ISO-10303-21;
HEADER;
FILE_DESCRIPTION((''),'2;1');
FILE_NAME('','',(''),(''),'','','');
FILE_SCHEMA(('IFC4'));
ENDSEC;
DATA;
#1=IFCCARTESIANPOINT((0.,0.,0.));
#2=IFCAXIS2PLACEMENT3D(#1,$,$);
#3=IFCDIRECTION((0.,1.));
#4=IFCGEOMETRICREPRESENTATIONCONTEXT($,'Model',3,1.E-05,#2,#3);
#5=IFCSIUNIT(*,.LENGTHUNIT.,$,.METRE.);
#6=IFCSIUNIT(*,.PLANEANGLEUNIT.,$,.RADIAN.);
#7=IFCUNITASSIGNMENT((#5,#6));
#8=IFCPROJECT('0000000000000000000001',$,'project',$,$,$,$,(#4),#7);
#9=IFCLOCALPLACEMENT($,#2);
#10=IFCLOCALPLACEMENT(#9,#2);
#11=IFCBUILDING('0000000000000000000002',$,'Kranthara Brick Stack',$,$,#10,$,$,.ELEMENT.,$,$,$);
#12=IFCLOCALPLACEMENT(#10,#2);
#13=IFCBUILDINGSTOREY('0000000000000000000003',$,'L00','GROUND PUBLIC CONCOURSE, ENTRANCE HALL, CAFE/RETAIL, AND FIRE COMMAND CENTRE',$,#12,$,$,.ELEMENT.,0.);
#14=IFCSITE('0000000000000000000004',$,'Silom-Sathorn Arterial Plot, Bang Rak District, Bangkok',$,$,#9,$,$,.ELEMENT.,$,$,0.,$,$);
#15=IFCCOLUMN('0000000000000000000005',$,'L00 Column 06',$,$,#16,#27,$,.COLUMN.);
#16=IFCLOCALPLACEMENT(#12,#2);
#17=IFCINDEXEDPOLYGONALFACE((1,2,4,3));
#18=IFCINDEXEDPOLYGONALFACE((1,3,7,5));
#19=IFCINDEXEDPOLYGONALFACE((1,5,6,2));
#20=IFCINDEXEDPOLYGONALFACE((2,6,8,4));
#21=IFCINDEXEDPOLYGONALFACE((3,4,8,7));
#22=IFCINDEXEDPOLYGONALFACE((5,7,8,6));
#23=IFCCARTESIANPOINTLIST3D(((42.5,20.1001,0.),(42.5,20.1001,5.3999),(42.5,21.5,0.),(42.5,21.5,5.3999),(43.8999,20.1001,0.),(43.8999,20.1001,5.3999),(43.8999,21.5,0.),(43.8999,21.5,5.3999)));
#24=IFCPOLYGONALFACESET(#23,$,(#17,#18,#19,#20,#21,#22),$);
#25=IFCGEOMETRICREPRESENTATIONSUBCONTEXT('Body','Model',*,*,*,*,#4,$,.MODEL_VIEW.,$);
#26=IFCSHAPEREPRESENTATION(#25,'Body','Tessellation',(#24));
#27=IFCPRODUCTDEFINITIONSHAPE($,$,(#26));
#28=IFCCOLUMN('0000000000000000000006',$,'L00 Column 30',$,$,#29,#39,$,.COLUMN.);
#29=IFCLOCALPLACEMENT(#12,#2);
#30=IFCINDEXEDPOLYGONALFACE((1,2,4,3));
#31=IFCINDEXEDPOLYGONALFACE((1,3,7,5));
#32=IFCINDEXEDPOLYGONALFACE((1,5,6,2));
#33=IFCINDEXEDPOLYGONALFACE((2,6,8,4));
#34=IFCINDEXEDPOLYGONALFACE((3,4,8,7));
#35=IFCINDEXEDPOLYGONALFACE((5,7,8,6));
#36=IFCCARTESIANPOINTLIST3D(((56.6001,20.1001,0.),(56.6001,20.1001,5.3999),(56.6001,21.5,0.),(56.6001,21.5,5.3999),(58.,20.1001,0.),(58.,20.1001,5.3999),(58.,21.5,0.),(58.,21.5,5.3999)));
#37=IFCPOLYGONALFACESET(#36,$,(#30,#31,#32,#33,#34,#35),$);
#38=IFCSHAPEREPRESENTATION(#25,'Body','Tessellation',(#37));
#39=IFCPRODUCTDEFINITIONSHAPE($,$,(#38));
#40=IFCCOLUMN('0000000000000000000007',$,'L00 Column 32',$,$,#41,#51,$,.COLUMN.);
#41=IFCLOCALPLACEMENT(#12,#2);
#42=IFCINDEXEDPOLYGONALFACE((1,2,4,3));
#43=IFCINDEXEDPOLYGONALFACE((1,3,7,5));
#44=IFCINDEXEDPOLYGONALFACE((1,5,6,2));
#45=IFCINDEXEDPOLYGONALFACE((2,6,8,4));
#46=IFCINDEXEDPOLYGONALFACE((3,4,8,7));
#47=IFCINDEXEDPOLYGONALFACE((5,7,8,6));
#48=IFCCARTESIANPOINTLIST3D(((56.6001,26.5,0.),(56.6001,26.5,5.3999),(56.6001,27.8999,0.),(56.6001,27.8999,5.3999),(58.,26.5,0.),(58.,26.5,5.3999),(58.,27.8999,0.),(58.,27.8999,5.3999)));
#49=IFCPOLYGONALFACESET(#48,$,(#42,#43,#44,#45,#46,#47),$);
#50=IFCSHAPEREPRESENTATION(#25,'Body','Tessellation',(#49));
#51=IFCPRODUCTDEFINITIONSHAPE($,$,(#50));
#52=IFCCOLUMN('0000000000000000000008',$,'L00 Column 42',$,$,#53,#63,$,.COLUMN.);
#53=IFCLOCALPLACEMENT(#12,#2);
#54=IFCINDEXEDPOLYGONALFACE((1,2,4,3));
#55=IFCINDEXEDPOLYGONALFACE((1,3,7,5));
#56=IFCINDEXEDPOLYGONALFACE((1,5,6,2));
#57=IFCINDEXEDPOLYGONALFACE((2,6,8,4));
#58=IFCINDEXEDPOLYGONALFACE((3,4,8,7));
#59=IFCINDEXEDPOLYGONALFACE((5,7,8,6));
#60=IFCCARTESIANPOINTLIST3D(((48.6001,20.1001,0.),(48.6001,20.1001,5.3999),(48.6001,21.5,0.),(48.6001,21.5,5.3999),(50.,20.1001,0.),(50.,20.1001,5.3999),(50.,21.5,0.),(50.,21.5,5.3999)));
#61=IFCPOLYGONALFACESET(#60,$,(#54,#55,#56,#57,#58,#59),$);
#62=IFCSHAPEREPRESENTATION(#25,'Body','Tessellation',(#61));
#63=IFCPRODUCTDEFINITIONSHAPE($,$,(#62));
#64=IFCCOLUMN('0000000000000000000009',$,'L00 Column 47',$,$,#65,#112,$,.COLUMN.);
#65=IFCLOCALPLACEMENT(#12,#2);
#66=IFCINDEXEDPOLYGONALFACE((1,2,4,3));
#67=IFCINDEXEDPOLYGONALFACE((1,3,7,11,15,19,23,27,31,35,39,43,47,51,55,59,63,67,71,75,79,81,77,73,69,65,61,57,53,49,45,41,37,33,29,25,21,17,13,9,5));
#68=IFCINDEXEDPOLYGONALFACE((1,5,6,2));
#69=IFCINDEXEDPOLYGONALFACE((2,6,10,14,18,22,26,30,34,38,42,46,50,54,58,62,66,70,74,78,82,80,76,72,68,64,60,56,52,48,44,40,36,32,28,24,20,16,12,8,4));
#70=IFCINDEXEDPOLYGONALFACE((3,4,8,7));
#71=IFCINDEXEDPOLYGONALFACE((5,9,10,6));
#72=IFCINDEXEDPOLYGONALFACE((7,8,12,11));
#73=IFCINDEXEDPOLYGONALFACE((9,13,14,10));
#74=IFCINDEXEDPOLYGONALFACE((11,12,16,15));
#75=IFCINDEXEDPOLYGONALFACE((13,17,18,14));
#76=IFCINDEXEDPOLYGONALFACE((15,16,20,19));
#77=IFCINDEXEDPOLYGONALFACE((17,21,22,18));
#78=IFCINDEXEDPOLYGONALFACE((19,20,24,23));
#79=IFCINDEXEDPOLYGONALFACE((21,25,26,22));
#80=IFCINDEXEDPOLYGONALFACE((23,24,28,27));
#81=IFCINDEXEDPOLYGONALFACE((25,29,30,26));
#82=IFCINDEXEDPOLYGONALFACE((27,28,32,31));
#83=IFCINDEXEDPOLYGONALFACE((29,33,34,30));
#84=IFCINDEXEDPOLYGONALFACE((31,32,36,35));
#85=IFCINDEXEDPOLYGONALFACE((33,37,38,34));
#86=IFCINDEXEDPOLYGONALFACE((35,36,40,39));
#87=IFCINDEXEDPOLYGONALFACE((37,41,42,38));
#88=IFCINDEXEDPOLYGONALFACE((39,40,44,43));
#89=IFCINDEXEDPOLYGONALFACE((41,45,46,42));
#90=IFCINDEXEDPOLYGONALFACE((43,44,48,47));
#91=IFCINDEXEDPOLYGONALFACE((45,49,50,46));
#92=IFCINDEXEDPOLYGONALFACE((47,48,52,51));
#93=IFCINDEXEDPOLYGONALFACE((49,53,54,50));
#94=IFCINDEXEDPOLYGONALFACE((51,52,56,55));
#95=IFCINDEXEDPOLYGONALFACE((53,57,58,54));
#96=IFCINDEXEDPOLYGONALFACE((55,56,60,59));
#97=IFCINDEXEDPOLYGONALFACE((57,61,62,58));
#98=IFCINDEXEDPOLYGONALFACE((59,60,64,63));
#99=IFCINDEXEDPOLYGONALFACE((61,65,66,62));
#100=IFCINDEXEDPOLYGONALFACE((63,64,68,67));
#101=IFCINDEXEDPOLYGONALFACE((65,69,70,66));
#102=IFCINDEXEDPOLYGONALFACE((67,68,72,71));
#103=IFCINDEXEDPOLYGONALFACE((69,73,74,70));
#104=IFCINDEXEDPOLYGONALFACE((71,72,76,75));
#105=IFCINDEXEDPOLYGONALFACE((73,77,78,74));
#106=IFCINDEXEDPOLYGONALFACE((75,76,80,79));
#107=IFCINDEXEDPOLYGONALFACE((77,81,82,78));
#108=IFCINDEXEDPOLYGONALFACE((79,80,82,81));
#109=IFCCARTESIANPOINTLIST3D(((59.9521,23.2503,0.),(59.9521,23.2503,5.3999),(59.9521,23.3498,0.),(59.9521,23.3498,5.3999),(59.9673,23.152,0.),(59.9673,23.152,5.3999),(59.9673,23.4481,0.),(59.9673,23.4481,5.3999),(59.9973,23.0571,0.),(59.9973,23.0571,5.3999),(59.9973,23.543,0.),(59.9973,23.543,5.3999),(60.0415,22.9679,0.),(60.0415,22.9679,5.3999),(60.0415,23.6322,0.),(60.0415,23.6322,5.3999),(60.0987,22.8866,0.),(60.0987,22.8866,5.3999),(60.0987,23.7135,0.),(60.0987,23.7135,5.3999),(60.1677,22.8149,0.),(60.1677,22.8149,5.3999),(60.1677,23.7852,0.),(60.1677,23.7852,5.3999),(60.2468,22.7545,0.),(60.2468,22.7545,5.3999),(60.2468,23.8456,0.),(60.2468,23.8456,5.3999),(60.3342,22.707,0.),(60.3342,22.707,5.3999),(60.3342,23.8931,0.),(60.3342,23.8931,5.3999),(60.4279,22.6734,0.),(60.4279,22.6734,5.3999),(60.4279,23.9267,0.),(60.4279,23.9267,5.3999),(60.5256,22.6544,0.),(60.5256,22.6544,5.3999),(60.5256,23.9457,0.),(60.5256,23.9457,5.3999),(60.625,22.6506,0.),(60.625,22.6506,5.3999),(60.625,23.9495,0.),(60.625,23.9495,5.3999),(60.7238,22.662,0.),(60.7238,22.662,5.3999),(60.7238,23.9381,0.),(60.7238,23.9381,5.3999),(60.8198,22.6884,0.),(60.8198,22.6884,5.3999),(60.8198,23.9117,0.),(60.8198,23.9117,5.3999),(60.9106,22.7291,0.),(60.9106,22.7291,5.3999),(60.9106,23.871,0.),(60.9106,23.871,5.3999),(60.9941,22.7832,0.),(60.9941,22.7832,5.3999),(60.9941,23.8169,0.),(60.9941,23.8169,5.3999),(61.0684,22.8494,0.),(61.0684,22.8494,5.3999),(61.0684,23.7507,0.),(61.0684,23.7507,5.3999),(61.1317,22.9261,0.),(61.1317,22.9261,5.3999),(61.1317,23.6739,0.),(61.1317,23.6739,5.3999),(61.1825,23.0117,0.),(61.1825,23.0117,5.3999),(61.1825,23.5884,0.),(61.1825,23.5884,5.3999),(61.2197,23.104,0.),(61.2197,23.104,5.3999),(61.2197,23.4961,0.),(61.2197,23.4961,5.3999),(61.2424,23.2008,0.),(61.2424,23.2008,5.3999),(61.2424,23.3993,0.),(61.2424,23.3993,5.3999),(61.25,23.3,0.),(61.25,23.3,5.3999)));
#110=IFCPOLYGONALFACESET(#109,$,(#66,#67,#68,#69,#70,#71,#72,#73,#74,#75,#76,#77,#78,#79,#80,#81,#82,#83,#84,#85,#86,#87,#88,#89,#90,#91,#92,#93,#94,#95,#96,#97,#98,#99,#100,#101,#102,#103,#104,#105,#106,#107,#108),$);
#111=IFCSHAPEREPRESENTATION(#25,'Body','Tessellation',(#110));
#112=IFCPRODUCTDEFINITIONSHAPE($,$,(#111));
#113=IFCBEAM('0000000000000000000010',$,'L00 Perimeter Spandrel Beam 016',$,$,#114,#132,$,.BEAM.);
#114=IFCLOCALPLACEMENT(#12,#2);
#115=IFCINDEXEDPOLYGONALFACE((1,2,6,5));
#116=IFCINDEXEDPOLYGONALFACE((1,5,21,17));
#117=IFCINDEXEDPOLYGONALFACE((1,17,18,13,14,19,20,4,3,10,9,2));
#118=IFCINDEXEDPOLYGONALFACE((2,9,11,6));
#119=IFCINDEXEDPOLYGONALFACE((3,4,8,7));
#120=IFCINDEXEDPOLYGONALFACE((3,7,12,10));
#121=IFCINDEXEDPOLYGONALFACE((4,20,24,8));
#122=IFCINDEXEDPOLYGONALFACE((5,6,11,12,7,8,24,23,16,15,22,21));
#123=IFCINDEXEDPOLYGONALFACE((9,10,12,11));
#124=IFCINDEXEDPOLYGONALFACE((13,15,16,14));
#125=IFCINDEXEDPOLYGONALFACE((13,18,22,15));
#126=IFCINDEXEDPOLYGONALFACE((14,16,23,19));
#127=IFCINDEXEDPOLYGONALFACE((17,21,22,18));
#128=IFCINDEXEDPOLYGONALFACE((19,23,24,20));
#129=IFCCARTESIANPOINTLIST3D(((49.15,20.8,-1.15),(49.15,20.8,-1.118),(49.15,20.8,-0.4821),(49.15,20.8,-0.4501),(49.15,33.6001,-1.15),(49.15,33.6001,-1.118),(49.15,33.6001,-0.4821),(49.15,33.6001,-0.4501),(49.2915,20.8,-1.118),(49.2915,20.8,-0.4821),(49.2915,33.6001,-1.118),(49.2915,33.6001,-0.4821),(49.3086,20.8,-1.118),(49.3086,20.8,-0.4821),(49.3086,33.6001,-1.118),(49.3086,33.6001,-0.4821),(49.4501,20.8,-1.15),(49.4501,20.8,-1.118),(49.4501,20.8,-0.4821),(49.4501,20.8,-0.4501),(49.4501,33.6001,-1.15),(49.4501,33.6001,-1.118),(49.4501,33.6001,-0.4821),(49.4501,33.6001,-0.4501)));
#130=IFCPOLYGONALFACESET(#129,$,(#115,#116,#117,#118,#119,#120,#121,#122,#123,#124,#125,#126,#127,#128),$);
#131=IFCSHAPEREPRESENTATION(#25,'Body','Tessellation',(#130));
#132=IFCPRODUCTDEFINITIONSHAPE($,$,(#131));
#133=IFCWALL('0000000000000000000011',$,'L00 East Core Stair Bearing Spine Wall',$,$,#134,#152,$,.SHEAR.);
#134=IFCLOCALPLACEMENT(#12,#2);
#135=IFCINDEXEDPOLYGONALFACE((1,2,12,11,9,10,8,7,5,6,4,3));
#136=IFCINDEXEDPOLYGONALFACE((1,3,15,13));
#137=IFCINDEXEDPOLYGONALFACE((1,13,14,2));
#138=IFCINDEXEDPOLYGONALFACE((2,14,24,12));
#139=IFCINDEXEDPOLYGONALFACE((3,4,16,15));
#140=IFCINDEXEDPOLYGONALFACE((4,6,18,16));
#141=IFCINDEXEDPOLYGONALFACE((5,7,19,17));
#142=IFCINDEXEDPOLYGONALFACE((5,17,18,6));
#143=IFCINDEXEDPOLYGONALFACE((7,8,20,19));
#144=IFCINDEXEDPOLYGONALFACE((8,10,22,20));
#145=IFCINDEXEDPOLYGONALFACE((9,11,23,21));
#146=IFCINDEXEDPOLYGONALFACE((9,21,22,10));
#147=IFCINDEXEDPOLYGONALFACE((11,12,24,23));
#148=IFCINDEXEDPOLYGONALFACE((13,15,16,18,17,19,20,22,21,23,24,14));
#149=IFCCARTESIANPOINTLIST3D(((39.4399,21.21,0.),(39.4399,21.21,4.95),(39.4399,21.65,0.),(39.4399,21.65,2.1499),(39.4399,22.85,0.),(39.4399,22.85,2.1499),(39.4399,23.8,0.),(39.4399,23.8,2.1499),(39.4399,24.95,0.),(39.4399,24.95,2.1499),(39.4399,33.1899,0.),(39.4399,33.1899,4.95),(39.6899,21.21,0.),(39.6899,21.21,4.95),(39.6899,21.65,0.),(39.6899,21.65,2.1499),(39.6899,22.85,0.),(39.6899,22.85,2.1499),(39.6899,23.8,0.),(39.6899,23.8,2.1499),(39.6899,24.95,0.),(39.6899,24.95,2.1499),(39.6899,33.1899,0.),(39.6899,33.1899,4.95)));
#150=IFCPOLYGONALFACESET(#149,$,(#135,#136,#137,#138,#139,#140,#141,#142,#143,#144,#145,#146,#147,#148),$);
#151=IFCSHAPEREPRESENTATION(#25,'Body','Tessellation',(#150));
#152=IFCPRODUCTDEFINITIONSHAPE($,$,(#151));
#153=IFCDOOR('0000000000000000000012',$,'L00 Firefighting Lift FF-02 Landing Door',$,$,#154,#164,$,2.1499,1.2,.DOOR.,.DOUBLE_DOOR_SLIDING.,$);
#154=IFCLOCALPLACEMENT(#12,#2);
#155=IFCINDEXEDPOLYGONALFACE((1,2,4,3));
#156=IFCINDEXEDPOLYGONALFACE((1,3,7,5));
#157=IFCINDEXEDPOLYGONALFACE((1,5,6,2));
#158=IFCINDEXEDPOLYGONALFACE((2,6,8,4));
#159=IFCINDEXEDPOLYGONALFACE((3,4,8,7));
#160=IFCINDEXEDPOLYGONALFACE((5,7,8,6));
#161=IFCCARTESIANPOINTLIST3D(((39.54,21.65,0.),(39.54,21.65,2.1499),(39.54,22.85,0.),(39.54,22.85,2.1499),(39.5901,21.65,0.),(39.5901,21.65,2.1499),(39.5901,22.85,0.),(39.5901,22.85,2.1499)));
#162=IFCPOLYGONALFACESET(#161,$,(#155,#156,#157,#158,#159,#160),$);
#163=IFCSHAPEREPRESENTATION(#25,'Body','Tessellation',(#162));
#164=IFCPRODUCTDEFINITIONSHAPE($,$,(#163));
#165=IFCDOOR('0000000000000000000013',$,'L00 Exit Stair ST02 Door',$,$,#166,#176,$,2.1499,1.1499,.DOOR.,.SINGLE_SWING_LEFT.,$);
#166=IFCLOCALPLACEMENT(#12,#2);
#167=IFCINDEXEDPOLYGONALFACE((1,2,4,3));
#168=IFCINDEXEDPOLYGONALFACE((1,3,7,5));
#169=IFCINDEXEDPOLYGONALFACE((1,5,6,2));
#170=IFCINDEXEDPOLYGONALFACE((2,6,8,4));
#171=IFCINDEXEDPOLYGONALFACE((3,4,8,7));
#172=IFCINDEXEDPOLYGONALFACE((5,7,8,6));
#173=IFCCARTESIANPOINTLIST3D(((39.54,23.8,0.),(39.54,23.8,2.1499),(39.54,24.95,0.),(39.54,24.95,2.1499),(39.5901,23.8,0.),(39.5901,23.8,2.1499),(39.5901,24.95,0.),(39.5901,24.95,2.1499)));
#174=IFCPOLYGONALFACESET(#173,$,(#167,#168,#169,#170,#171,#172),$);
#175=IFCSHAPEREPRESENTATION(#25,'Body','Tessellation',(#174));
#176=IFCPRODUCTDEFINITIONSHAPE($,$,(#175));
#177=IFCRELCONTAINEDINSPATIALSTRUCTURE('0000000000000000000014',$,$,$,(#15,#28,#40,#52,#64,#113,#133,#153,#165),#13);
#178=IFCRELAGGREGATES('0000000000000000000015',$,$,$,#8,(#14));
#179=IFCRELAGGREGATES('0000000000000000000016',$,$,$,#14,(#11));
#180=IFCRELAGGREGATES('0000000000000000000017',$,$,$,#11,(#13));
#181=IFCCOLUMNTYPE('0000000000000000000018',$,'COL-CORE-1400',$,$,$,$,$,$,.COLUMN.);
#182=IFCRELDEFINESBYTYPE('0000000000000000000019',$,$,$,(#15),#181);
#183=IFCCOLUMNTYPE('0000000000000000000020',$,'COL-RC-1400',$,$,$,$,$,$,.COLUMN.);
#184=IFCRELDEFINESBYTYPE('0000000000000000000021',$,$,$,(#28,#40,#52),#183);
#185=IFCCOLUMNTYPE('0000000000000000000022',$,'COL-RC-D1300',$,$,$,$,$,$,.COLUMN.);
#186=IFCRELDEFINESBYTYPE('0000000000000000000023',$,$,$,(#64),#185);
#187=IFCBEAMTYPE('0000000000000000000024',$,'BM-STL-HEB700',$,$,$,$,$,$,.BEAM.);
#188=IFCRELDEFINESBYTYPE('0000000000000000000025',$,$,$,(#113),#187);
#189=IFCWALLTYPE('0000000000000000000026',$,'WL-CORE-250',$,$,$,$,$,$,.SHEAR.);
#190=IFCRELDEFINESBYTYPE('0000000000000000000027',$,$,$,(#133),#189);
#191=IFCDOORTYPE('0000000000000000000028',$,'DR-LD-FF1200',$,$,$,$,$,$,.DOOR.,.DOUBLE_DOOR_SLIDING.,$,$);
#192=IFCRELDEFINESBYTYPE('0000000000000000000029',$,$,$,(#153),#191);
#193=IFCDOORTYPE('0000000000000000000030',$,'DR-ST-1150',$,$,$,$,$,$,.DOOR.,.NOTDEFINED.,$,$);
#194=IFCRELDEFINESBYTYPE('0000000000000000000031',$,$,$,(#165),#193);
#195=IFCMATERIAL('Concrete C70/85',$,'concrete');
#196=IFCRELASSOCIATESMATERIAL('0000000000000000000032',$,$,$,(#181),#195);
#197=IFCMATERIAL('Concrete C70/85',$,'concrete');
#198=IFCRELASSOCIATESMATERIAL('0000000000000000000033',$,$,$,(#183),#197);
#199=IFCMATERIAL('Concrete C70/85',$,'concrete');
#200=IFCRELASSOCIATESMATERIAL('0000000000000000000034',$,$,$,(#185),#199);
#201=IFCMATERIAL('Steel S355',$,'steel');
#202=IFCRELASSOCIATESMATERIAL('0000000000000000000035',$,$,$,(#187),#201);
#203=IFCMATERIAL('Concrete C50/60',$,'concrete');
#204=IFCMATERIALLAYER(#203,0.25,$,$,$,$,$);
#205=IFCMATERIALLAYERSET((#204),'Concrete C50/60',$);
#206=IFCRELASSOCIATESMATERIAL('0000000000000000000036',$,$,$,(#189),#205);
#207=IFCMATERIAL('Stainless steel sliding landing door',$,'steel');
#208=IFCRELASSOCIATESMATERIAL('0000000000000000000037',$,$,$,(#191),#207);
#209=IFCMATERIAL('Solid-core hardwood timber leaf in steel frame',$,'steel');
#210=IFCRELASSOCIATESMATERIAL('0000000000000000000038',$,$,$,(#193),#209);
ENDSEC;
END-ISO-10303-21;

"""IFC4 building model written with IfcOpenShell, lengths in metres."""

from ifc_helpers import new_model, si_unit, direction, frame, frame_2d, origin, origin_2d, place, context, subcontext, project, spatial, rectangle, circle, i_section, extrude, material, layer, layer_set, material_profile, profile_set, type_object, element, fill, save


model = new_model("IFC4")

# Units and contexts
model_context = context("Model", 3, precision=1e-05, world=origin(), true_north=direction((0.0, 1.0)))
body_context = subcontext(model_context, "Body", "Model", "MODEL_VIEW")
ifc_project = project(units=[si_unit("LENGTHUNIT", "METRE"), si_unit("PLANEANGLEUNIT", "RADIAN")], contexts=[model_context])

# Site, building, storey
site_placement = place(None, origin())
site = spatial("IfcSite", under=ifc_project, at=site_placement, Name="Silom-Sathorn Arterial Plot, Bang Rak District, Bangkok", CompositionType="ELEMENT", RefElevation=0.0)
building_placement = place(site_placement, origin())
building = spatial("IfcBuilding", under=site, at=building_placement, Name="Kranthara Brick Stack", CompositionType="ELEMENT")
storey_placement = place(building_placement, origin())
storey = spatial("IfcBuildingStorey", under=building, at=storey_placement, Name="L00", Description="GROUND PUBLIC CONCOURSE, ENTRANCE HALL, CAFE/RETAIL, AND FIRE COMMAND CENTRE", CompositionType="ELEMENT", Elevation=0.0)

# Columns
ifc_material_1 = material(Name="Concrete C70/85", Category="concrete")
ifc_material_profile_1 = material_profile(ifc_material_1, rectangle(XDim=1.3999, YDim=1.3999, at=origin_2d()), Name="RC 1400x1400")
ifc_profile_set_1 = profile_set([ifc_material_profile_1], Name="Concrete C70/85")
column_type_1 = type_object("IfcColumnType", Name="COL-CORE-1400", PredefinedType="COLUMN", material=ifc_profile_set_1)
column_1_placement = place(storey_placement, frame((43.2, 20.8, 0.0), z_axis=(0.0, 0.0, 1.0), x_axis=(1.0, 0.0, 0.0)))
element("IfcColumn", 1, at=column_1_placement, inside=storey, type_object=column_type_1, Name="L00 Column 06", PredefinedType="COLUMN", context=body_context, shape_type="SweptSolid", body=[
    extrude(rectangle(XDim=1.3999, YDim=1.3999, at=origin_2d()), origin(), (0.0, 0.0, 1.0), 5.3999),
])
ifc_material_2 = material(Name="Concrete C70/85", Category="concrete")
ifc_material_profile_2 = material_profile(ifc_material_2, rectangle(XDim=1.3999, YDim=1.3999, at=origin_2d()), Name="RC 1400x1400")
ifc_profile_set_2 = profile_set([ifc_material_profile_2], Name="Concrete C70/85")
column_type_2 = type_object("IfcColumnType", Name="COL-RC-1400", PredefinedType="COLUMN", material=ifc_profile_set_2)
for number, where, z_axis, x_axis, name in (
    (2, (57.3, 20.8, 0.0), (0.0, 0.0, 1.0), (1.0, 0.0, 0.0), "L00 Column 30"),
    (3, (57.3, 27.2, 0.0), (0.0, 0.0, 1.0), (1.0, 0.0, 0.0), "L00 Column 32"),
    (4, (49.3, 20.8, 0.0), (0.0, 0.0, 1.0), (1.0, 0.0, 0.0), "L00 Column 42"),
):
    element("IfcColumn", number, at=place(storey_placement, frame(where, z_axis=z_axis, x_axis=x_axis)), inside=storey, type_object=column_type_2, Name=name, PredefinedType="COLUMN", context=body_context, shape_type="SweptSolid", body=[
        extrude(rectangle(XDim=1.3999, YDim=1.3999, at=origin_2d()), origin(), (0.0, 0.0, 1.0), 5.3999),
    ])
ifc_material_3 = material(Name="Concrete C70/85", Category="concrete")
ifc_material_profile_3 = material_profile(ifc_material_3, circle(Radius=0.6499, at=origin_2d()), Name="RC D1300")
ifc_profile_set_3 = profile_set([ifc_material_profile_3], Name="Concrete C70/85")
column_type_3 = type_object("IfcColumnType", Name="COL-RC-D1300", PredefinedType="COLUMN", material=ifc_profile_set_3)
column_2_placement = place(storey_placement, frame((60.6001, 23.3, 0.0), z_axis=(0.0, 0.0, 1.0), x_axis=(1.0, 0.0, 0.0)))
element("IfcColumn", 5, at=column_2_placement, inside=storey, type_object=column_type_3, Name="L00 Column 47", PredefinedType="COLUMN", context=body_context, shape_type="SweptSolid", body=[
    extrude(circle(Radius=0.6499, at=origin_2d()), origin(), (0.0, 0.0, 1.0), 5.3999),
])

# Beam
ifc_material_4 = material(Name="Steel S355", Category="steel")
ifc_material_profile_4 = material_profile(ifc_material_4, i_section(OverallWidth=0.3, OverallDepth=0.7, WebThickness=0.0171, FlangeThickness=0.032, at=origin_2d()), Name="HEB 700")
ifc_profile_set_4 = profile_set([ifc_material_profile_4], Name="Steel S355")
beam_type = type_object("IfcBeamType", Name="BM-STL-HEB700", PredefinedType="BEAM", material=ifc_profile_set_4)
beam_placement = place(storey_placement, frame((49.3, 20.8, -0.8), z_axis=(0.0, 1.0, 0.0), x_axis=(-1.0, 0.0, 0.0)))
element("IfcBeam", 6, at=beam_placement, inside=storey, type_object=beam_type, Name="L00 Perimeter Spandrel Beam 016", PredefinedType="BEAM", context=body_context, shape_type="SweptSolid", body=[
    extrude(i_section(OverallWidth=0.3, OverallDepth=0.7, WebThickness=0.0171, FlangeThickness=0.032, at=origin_2d()), origin(), (0.0, 0.0, 1.0), 12.8),
])

# Wall, openings, doors
ifc_material_5 = material(Name="Concrete C50/60", Category="concrete")
ifc_layer_1 = layer(ifc_material_5, 0.25)
ifc_layer_set_1 = layer_set([ifc_layer_1], Name="Concrete C50/60")
wall_type_1 = type_object("IfcWallType", Name="WL-CORE-250", PredefinedType="SHEAR", material=ifc_layer_set_1)
wall_1_placement = place(storey_placement, frame((39.5649, 21.21, 0.0), z_axis=(0.0, 0.0, 1.0), x_axis=(0.0, 1.0, 0.0)))
wall_1 = element("IfcWall", 7, at=wall_1_placement, inside=storey, type_object=wall_type_1, Name="L00 East Core Stair Bearing Spine Wall", PredefinedType="SHEAR", context=body_context, shape_type="SweptSolid", body=[
    extrude(rectangle(XDim=11.98, YDim=0.25, at=frame_2d((5.99, 0.0))), origin(), (0.0, 0.0, 1.0), 4.95),
])
opening_1_placement = place(wall_1_placement, frame((0.4399, 0.0, 0.0)))
opening_1 = element("IfcOpeningElement", 8, at=opening_1_placement, cuts=wall_1, PredefinedType="OPENING", context=body_context, shape_type="SweptSolid", body=[
    extrude(rectangle(XDim=1.2, YDim=2.1499, at=frame_2d((0.6001, 1.075))), frame((0.0, 0.135, 0.0), z_axis=(0.0, -1.0, 0.0), x_axis=(1.0, 0.0, 0.0)), (0.0, 0.0, 1.0), 0.27),
])
opening_2_placement = place(wall_1_placement, frame((2.5901, 0.0, 0.0)))
opening_2 = element("IfcOpeningElement", 9, at=opening_2_placement, cuts=wall_1, PredefinedType="OPENING", context=body_context, shape_type="SweptSolid", body=[
    extrude(rectangle(XDim=1.1499, YDim=2.1499, at=frame_2d((0.575, 1.075))), frame((0.0, 0.135, 0.0), z_axis=(0.0, -1.0, 0.0), x_axis=(1.0, 0.0, 0.0)), (0.0, 0.0, 1.0), 0.27),
])
ifc_material_6 = material(Name="Stainless steel sliding landing door", Category="steel")
door_type_1 = type_object("IfcDoorType", Name="DR-LD-FF1200", OperationType="DOUBLE_DOOR_SLIDING", PredefinedType="DOOR", material=ifc_material_6)
door_1_placement = place(opening_1_placement, origin())
door_1 = element("IfcDoor", 10, at=door_1_placement, inside=storey, type_object=door_type_1, Name="L00 Firefighting Lift FF-02 Landing Door", OperationType="DOUBLE_DOOR_SLIDING", OverallHeight=2.1499, OverallWidth=1.2, PredefinedType="DOOR", context=body_context, shape_type="SweptSolid", body=[
    extrude(rectangle(XDim=1.2, YDim=2.1499, at=frame_2d((0.6001, 1.075))), frame((0.0, 0.0249, 0.0), z_axis=(0.0, -1.0, 0.0), x_axis=(1.0, 0.0, 0.0)), (0.0, 0.0, 1.0), 0.05),
])
fill(opening_1, door_1)
ifc_material_7 = material(Name="Solid-core hardwood timber leaf in steel frame", Category="steel")
door_type_2 = type_object("IfcDoorType", Name="DR-ST-1150", OperationType="NOTDEFINED", PredefinedType="DOOR", material=ifc_material_7)
door_2_placement = place(opening_2_placement, origin())
door_2 = element("IfcDoor", 11, at=door_2_placement, inside=storey, type_object=door_type_2, Name="L00 Exit Stair ST02 Door", OperationType="SINGLE_SWING_LEFT", OverallHeight=2.1499, OverallWidth=1.1499, PredefinedType="DOOR", context=body_context, shape_type="SweptSolid", body=[
    extrude(rectangle(XDim=1.1499, YDim=2.1499, at=frame_2d((0.575, 1.075))), frame((0.0, 0.0249, 0.0), z_axis=(0.0, -1.0, 0.0), x_axis=(1.0, 0.0, 0.0)), (0.0, 0.0, 1.0), 0.05),
])
fill(opening_2, door_2)

save(model, "model.ifc")
